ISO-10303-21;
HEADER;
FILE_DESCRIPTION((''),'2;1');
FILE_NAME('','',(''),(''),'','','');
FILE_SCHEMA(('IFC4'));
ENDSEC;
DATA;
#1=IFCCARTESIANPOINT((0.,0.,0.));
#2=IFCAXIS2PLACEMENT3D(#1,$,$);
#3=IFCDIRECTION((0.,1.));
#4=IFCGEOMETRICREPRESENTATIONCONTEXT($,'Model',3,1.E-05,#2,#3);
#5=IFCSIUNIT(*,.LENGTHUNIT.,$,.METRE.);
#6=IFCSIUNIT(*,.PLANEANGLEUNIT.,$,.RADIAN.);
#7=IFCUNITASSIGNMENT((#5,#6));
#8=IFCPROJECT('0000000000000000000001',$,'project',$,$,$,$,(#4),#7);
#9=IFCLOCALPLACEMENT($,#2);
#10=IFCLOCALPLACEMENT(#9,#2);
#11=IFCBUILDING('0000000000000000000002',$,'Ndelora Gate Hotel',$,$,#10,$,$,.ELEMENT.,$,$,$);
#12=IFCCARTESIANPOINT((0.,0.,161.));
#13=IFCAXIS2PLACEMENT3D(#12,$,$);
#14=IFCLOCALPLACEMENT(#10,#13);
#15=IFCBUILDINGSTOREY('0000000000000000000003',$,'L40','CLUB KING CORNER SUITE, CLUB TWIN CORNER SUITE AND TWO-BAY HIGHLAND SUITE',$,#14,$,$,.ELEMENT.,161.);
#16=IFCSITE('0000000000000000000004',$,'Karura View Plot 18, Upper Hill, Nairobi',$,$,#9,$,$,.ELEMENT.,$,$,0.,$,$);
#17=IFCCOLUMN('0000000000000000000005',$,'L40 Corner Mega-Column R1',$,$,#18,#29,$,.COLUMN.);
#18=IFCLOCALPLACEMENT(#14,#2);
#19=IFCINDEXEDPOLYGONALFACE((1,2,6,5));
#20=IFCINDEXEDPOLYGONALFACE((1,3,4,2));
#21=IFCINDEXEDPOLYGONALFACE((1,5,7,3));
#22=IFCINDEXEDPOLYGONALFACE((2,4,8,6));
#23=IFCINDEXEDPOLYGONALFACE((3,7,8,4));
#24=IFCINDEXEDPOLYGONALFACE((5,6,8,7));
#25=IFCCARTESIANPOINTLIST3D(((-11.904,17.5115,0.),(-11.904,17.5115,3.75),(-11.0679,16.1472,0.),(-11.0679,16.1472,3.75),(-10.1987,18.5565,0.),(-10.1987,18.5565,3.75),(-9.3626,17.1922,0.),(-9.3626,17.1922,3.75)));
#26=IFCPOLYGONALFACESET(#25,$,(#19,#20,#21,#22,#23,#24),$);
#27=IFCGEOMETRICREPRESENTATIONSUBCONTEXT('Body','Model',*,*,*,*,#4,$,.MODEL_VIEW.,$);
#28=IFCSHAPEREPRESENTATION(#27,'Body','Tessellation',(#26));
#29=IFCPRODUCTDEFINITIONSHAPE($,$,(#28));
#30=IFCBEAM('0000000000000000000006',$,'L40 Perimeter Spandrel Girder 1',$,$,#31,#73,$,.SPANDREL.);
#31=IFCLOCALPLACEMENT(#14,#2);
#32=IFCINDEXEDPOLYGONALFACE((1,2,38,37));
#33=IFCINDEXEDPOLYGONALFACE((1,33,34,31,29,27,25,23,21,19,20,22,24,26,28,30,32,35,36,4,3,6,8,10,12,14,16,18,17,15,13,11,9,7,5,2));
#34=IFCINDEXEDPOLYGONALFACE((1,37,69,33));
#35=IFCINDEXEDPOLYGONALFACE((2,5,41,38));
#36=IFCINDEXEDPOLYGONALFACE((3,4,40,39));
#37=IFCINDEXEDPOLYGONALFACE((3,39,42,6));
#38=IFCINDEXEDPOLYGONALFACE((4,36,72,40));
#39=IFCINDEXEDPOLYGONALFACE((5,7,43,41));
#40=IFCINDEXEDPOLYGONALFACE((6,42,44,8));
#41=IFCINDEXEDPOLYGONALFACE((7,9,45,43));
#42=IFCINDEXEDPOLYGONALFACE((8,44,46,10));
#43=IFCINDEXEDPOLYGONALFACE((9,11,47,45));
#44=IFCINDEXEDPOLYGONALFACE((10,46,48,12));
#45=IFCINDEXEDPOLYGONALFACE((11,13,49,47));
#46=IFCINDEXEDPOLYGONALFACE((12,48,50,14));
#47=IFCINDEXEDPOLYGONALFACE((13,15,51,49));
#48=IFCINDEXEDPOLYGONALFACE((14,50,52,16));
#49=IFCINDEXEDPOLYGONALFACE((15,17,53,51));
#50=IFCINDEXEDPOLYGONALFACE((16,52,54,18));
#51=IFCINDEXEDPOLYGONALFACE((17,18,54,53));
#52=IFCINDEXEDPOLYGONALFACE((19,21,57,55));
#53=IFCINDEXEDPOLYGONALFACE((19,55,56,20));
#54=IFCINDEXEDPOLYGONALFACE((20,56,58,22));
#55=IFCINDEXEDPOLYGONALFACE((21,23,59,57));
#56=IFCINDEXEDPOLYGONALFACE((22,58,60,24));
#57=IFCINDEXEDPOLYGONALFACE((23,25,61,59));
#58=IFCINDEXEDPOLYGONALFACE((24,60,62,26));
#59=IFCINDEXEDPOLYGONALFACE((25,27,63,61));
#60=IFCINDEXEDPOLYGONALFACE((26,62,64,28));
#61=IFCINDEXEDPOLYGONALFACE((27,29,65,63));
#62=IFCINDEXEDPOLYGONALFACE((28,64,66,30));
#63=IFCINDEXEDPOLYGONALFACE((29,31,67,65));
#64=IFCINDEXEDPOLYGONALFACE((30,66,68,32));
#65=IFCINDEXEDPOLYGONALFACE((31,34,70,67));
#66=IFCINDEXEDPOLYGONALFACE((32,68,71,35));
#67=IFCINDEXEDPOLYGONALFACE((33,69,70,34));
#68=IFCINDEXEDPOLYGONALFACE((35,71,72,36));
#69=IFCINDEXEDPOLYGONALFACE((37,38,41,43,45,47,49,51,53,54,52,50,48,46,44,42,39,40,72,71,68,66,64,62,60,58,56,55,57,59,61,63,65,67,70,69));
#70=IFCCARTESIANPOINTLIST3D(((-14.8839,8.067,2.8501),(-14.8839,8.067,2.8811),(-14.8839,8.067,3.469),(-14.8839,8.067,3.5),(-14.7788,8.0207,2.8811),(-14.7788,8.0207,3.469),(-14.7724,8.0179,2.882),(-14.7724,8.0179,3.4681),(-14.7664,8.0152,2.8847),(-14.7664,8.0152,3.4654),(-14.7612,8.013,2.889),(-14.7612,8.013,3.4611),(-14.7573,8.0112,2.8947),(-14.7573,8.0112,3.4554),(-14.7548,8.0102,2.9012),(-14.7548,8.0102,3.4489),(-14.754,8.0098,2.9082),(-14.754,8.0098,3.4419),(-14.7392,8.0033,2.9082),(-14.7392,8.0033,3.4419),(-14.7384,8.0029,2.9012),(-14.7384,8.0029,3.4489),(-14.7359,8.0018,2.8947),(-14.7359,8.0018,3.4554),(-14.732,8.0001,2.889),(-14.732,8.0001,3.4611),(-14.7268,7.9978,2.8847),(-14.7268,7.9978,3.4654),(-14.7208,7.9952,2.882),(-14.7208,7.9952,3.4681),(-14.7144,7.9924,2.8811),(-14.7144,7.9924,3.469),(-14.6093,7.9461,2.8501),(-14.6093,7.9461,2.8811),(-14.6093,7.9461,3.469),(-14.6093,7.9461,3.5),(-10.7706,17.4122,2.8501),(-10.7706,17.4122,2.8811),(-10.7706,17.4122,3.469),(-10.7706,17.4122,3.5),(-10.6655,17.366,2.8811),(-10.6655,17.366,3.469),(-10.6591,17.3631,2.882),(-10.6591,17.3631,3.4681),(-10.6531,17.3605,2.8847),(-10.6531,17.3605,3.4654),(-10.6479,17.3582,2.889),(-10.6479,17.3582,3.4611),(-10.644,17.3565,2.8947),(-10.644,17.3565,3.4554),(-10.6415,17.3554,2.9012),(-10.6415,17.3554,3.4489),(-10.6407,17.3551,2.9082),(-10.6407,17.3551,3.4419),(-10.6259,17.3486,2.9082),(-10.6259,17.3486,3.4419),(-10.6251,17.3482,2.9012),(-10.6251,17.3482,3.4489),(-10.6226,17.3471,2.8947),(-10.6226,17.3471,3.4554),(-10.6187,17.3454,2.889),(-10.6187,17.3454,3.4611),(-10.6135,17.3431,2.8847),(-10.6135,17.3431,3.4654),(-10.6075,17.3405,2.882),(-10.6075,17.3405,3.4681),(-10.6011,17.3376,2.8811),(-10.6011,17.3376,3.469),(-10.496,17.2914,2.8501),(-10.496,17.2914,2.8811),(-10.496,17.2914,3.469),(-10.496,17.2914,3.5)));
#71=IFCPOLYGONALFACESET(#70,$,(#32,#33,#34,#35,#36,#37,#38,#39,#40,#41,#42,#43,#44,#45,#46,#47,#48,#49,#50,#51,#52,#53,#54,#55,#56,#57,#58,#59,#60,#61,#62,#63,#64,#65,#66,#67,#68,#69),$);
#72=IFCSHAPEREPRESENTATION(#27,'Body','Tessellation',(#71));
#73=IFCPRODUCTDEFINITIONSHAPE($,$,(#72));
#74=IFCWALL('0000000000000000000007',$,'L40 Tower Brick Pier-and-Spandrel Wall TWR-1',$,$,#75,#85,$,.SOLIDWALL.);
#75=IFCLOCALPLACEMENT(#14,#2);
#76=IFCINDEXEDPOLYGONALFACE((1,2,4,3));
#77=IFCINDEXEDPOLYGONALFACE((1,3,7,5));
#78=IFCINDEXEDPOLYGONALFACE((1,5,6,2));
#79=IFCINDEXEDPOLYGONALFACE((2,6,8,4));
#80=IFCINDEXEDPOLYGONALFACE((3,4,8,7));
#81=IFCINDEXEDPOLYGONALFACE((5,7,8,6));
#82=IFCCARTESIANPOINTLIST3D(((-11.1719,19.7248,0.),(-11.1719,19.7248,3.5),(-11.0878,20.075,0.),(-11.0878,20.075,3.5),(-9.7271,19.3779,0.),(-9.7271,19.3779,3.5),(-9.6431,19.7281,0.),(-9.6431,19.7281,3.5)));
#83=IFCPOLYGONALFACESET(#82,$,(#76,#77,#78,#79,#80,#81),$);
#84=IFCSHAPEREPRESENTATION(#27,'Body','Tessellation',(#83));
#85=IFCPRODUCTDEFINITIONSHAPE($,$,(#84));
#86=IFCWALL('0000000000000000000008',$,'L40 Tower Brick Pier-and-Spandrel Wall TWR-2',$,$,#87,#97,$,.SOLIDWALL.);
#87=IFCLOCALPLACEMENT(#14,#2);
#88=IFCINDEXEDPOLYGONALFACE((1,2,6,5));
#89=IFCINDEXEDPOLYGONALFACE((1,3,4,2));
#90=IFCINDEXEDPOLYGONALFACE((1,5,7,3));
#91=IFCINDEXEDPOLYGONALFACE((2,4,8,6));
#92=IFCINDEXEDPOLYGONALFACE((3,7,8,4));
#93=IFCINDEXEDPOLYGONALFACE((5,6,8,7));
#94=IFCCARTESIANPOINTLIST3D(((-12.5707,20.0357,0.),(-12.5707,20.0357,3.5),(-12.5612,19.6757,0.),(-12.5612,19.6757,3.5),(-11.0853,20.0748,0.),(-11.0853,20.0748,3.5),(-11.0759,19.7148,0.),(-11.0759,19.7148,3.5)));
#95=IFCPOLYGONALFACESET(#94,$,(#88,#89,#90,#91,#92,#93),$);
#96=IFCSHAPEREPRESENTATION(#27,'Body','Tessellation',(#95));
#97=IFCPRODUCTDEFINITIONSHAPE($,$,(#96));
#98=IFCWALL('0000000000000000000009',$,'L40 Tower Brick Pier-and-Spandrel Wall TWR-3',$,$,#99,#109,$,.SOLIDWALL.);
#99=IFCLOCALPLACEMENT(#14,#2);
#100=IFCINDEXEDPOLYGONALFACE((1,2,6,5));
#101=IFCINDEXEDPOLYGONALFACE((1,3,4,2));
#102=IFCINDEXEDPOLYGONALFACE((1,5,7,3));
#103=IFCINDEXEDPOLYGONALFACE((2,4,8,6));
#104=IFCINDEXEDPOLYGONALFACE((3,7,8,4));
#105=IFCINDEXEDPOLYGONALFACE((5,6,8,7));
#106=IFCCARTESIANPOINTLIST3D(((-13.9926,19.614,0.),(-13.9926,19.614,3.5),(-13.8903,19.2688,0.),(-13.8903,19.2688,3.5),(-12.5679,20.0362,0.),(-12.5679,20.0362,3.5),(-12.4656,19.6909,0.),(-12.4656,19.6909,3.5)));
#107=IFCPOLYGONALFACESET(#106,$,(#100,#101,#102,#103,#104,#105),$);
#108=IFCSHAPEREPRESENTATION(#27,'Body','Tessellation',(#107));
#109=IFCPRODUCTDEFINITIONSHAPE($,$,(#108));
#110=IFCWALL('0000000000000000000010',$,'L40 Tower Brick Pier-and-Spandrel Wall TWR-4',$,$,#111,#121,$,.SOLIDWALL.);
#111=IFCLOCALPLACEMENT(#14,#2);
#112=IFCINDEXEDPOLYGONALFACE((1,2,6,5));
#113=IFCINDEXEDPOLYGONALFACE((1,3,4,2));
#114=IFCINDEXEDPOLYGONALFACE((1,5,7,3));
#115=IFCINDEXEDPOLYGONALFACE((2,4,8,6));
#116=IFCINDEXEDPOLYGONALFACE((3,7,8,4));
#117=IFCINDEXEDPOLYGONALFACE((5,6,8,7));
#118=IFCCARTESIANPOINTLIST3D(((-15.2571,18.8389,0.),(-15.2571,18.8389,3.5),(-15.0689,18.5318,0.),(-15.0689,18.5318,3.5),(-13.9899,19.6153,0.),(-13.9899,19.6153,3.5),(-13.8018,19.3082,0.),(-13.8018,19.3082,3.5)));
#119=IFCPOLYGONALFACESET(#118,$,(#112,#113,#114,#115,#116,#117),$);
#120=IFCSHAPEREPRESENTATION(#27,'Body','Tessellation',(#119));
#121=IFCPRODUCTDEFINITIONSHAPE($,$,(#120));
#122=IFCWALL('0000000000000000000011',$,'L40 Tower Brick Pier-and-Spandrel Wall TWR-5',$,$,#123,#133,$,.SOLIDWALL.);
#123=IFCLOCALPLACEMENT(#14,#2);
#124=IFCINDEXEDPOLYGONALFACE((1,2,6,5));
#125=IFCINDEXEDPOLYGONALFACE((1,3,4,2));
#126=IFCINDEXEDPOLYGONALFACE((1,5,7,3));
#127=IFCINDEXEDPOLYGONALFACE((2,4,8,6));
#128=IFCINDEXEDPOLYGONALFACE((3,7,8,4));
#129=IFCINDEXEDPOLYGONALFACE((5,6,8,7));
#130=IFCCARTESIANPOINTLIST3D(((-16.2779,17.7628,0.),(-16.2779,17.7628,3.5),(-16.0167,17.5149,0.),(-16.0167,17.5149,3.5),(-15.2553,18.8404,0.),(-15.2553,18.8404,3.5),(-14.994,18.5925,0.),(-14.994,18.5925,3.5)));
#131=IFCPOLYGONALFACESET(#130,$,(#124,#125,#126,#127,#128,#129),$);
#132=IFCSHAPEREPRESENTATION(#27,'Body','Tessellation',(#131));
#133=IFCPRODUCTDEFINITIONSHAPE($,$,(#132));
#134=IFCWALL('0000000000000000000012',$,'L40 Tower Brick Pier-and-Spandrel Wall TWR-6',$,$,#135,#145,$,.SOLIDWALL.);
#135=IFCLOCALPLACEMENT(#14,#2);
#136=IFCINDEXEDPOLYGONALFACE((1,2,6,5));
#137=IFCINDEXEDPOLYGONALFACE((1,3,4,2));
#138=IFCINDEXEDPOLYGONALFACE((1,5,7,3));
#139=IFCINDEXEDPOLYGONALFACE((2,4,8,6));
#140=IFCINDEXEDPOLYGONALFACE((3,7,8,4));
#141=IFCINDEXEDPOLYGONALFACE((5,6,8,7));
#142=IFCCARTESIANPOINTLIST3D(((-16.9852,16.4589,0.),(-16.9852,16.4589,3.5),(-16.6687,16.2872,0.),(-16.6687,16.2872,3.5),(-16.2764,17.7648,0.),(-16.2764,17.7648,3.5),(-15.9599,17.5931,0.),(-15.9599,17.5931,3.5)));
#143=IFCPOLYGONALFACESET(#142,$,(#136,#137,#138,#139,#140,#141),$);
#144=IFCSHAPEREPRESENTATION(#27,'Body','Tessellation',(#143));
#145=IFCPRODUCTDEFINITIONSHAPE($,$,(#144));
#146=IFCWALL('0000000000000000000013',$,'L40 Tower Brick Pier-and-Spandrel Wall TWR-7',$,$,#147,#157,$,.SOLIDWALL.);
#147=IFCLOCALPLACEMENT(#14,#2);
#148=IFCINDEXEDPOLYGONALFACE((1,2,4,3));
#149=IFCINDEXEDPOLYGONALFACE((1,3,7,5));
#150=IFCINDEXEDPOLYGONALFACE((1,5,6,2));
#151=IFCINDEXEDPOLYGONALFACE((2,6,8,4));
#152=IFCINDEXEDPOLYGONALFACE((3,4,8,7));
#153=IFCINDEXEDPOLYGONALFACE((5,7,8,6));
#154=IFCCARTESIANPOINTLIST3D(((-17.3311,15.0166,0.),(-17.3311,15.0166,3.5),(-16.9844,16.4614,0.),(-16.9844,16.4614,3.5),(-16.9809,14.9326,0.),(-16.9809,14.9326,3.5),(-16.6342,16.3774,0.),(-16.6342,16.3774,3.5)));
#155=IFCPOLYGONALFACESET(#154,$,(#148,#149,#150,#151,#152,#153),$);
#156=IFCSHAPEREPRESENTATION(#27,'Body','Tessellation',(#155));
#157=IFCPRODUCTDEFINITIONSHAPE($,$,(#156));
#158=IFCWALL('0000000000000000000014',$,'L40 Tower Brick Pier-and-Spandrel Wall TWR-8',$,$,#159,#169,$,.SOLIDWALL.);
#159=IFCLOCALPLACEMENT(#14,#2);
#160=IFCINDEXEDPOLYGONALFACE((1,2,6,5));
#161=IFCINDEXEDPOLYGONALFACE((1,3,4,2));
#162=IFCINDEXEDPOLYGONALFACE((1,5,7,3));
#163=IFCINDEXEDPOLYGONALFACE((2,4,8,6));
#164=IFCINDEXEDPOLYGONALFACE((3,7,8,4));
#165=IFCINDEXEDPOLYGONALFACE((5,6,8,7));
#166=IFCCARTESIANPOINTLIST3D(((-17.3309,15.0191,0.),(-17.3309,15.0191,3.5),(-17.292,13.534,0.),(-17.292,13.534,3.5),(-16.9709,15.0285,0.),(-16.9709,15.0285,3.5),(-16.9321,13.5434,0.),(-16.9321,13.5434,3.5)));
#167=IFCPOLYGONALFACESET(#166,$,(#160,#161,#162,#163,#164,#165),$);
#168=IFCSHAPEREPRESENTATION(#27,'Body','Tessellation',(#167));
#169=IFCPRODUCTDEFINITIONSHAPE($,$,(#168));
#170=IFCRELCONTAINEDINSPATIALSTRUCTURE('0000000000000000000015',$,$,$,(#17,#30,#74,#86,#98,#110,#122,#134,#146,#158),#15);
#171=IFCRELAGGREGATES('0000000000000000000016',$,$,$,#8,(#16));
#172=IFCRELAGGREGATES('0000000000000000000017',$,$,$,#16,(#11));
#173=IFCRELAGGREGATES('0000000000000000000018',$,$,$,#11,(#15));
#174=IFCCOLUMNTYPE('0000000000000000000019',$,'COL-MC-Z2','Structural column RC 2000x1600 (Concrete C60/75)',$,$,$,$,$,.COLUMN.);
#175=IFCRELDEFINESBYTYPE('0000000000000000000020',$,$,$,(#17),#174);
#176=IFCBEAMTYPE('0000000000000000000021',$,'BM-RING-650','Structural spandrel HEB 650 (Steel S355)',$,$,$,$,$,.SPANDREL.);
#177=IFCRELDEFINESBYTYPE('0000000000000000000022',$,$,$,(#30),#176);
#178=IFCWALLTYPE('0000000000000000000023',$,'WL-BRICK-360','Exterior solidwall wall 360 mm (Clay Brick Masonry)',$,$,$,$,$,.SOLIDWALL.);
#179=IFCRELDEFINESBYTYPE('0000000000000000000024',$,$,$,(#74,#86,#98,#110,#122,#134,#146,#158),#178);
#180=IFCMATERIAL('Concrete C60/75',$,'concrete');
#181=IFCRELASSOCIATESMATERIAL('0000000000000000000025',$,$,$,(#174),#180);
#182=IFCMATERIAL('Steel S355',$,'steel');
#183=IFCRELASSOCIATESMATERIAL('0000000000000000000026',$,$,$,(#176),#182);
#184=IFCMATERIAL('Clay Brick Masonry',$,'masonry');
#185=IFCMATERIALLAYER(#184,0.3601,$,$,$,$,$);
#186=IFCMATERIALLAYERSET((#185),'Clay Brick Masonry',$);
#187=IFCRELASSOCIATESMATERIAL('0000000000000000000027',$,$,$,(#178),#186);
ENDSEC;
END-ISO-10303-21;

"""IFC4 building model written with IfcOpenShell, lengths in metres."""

from ifc_helpers import new_model, si_unit, direction, frame, frame_2d, origin, origin_2d, place, context, subcontext, project, spatial, rectangle, i_section, extrude, material, layer, layer_set, material_profile, profile_set, type_object, element, save


model = new_model("IFC4")

# Units and contexts
model_context = context("Model", 3, precision=1e-05, world=origin(), true_north=direction((0.0, 1.0)))
body_context = subcontext(model_context, "Body", "Model", "MODEL_VIEW")
ifc_project = project(units=[si_unit("LENGTHUNIT", "METRE"), si_unit("PLANEANGLEUNIT", "RADIAN")], contexts=[model_context])

# Site, building, storey
site_placement = place(None, origin())
site = spatial("IfcSite", under=ifc_project, at=site_placement, Name="Karura View Plot 18, Upper Hill, Nairobi", CompositionType="ELEMENT", RefElevation=0.0)
building_placement = place(site_placement, origin())
building = spatial("IfcBuilding", under=site, at=building_placement, Name="Ndelora Gate Hotel", CompositionType="ELEMENT")
storey_placement = place(building_placement, frame((0.0, 0.0, 161.0)))
storey = spatial("IfcBuildingStorey", under=building, at=storey_placement, Name="L40", Description="CLUB KING CORNER SUITE, CLUB TWIN CORNER SUITE AND TWO-BAY HIGHLAND SUITE", CompositionType="ELEMENT", Elevation=161.0)

# Column
ifc_material_1 = material(Name="Concrete C60/75", Category="concrete")
ifc_material_profile_1 = material_profile(ifc_material_1, rectangle(XDim=1.6001, YDim=2.0, at=origin_2d()), Name="RC 2000x1600")
ifc_profile_set_1 = profile_set([ifc_material_profile_1], Name="Concrete C60/75")
column_type = type_object("IfcColumnType", Name="COL-MC-Z2", Description="Structural column RC 2000x1600 (Concrete C60/75)", PredefinedType="COLUMN", material=ifc_profile_set_1)
column_placement = place(storey_placement, frame((-10.6333, 17.3518, 0.0), z_axis=(0.0, 0.0, 1.0), x_axis=(-0.522499, 0.85264, 0.0)))
element("IfcColumn", 1, at=column_placement, inside=storey, type_object=column_type, Name="L40 Corner Mega-Column R1", PredefinedType="COLUMN", context=body_context, shape_type="SweptSolid", body=[
    extrude(rectangle(XDim=1.6001, YDim=2.0, at=origin_2d()), origin(), (0.0, 0.0, 1.0), 3.75),
])

# Beam
ifc_material_2 = material(Name="Steel S355", Category="steel")
ifc_material_profile_2 = material_profile(ifc_material_2, i_section(OverallWidth=0.3, OverallDepth=0.6499, WebThickness=0.0161, FlangeThickness=0.031, FilletRadius=0.0271, at=origin_2d()), Name="HEB 650")
ifc_profile_set_2 = profile_set([ifc_material_profile_2], Name="Steel S355")
beam_type = type_object("IfcBeamType", Name="BM-RING-650", Description="Structural spandrel HEB 650 (Steel S355)", PredefinedType="SPANDREL", material=ifc_profile_set_2)
beam_placement = place(storey_placement, frame((-10.6333, 17.3518, 3.175), z_axis=(-0.402852, -0.915265, 0.0), x_axis=(0.915265, -0.402852, 0.0)))
element("IfcBeam", 2, at=beam_placement, inside=storey, type_object=beam_type, Name="L40 Perimeter Spandrel Girder 1", PredefinedType="SPANDREL", context=body_context, shape_type="SweptSolid", body=[
    extrude(i_section(OverallWidth=0.3, OverallDepth=0.6499, WebThickness=0.0161, FlangeThickness=0.031, FilletRadius=0.0271, at=origin_2d()), origin(), (0.0, 0.0, 1.0), 10.2104),
])

# Walls
ifc_material_3 = material(Name="Clay Brick Masonry", Category="masonry")
ifc_layer_1 = layer(ifc_material_3, 0.3601)
ifc_layer_set_1 = layer_set([ifc_layer_1], Name="Clay Brick Masonry")
wall_type_1 = type_object("IfcWallType", Name="WL-BRICK-360", Description="Exterior solidwall wall 360 mm (Clay Brick Masonry)", PredefinedType="SOLIDWALL", material=ifc_layer_set_1)
for number, where, z_axis, x_axis, name in (
    (3, (-11.1299, 19.8999, 0.0), (0.0, 0.0, 1.0), (0.972362, -0.233479, 0.0), "L40 Tower Brick Pier-and-Spandrel Wall TWR-1"),
    (4, (-12.5659, 19.8557, 0.0), (0.0, 0.0, 1.0), (0.999654, 0.026289, 0.0), "L40 Tower Brick Pier-and-Spandrel Wall TWR-2"),
    (5, (-13.9414, 19.4414, 0.0), (0.0, 0.0, 1.0), (0.958793, 0.284105, 0.0), "L40 Tower Brick Pier-and-Spandrel Wall TWR-3"),
):
    element("IfcWall", number, at=place(storey_placement, frame(where, z_axis=z_axis, x_axis=x_axis)), inside=storey, type_object=wall_type_1, Name=name, PredefinedType="SOLIDWALL", context=body_context, shape_type="SweptSolid", body=[
        extrude(rectangle(XDim=1.4858, YDim=0.3601, at=frame_2d((0.7429, 0.0))), origin(), (0.0, 0.0, 1.0), 3.5),
    ])
wall_1_placement = place(storey_placement, frame((-15.1631, 18.6853, 0.0), z_axis=(0.0, 0.0, 1.0), x_axis=(0.852672, 0.522446, 0.0)))
element("IfcWall", 6, at=wall_1_placement, inside=storey, type_object=wall_type_1, Name="L40 Tower Brick Pier-and-Spandrel Wall TWR-4", PredefinedType="SOLIDWALL", context=body_context, shape_type="SweptSolid", body=[
    extrude(rectangle(XDim=1.4861, YDim=0.3601, at=frame_2d((0.7432, 0.0))), origin(), (0.0, 0.0, 1.0), 3.5),
])
wall_2_placement = place(storey_placement, frame((-16.1472, 17.6389, 0.0), z_axis=(0.0, 0.0, 1.0), x_axis=(0.688378, 0.725352, 0.0)))
element("IfcWall", 7, at=wall_2_placement, inside=storey, type_object=wall_type_1, Name="L40 Tower Brick Pier-and-Spandrel Wall TWR-5", PredefinedType="SOLIDWALL", context=body_context, shape_type="SweptSolid", body=[
    extrude(rectangle(XDim=1.4856, YDim=0.3601, at=frame_2d((0.7427, 0.0))), origin(), (0.0, 0.0, 1.0), 3.5),
])
for number, where, z_axis, x_axis, name in (
    (8, (-16.8269, 16.373, 0.0), (0.0, 0.0, 1.0), (0.476998, 0.878905, 0.0), "L40 Tower Brick Pier-and-Spandrel Wall TWR-6"),
    (9, (-17.156, 14.9746, 0.0), (0.0, 0.0, 1.0), (0.233323, 0.972399, 0.0), "L40 Tower Brick Pier-and-Spandrel Wall TWR-7"),
):
    element("IfcWall", number, at=place(storey_placement, frame(where, z_axis=z_axis, x_axis=x_axis)), inside=storey, type_object=wall_type_1, Name=name, PredefinedType="SOLIDWALL", context=body_context, shape_type="SweptSolid", body=[
        extrude(rectangle(XDim=1.4858, YDim=0.3601, at=frame_2d((0.7429, 0.0))), origin(), (0.0, 0.0, 1.0), 3.5),
    ])
wall_3_placement = place(storey_placement, frame((-17.1121, 13.5388, 0.0), z_axis=(0.0, 0.0, 1.0), x_axis=(-0.026129, 0.999659, 0.0)))
element("IfcWall", 10, at=wall_3_placement, inside=storey, type_object=wall_type_1, Name="L40 Tower Brick Pier-and-Spandrel Wall TWR-8", PredefinedType="SOLIDWALL", context=body_context, shape_type="SweptSolid", body=[
    extrude(rectangle(XDim=1.4856, YDim=0.3601, at=frame_2d((0.7427, 0.0))), origin(), (0.0, 0.0, 1.0), 3.5),
])

save(model, "model.ifc")
